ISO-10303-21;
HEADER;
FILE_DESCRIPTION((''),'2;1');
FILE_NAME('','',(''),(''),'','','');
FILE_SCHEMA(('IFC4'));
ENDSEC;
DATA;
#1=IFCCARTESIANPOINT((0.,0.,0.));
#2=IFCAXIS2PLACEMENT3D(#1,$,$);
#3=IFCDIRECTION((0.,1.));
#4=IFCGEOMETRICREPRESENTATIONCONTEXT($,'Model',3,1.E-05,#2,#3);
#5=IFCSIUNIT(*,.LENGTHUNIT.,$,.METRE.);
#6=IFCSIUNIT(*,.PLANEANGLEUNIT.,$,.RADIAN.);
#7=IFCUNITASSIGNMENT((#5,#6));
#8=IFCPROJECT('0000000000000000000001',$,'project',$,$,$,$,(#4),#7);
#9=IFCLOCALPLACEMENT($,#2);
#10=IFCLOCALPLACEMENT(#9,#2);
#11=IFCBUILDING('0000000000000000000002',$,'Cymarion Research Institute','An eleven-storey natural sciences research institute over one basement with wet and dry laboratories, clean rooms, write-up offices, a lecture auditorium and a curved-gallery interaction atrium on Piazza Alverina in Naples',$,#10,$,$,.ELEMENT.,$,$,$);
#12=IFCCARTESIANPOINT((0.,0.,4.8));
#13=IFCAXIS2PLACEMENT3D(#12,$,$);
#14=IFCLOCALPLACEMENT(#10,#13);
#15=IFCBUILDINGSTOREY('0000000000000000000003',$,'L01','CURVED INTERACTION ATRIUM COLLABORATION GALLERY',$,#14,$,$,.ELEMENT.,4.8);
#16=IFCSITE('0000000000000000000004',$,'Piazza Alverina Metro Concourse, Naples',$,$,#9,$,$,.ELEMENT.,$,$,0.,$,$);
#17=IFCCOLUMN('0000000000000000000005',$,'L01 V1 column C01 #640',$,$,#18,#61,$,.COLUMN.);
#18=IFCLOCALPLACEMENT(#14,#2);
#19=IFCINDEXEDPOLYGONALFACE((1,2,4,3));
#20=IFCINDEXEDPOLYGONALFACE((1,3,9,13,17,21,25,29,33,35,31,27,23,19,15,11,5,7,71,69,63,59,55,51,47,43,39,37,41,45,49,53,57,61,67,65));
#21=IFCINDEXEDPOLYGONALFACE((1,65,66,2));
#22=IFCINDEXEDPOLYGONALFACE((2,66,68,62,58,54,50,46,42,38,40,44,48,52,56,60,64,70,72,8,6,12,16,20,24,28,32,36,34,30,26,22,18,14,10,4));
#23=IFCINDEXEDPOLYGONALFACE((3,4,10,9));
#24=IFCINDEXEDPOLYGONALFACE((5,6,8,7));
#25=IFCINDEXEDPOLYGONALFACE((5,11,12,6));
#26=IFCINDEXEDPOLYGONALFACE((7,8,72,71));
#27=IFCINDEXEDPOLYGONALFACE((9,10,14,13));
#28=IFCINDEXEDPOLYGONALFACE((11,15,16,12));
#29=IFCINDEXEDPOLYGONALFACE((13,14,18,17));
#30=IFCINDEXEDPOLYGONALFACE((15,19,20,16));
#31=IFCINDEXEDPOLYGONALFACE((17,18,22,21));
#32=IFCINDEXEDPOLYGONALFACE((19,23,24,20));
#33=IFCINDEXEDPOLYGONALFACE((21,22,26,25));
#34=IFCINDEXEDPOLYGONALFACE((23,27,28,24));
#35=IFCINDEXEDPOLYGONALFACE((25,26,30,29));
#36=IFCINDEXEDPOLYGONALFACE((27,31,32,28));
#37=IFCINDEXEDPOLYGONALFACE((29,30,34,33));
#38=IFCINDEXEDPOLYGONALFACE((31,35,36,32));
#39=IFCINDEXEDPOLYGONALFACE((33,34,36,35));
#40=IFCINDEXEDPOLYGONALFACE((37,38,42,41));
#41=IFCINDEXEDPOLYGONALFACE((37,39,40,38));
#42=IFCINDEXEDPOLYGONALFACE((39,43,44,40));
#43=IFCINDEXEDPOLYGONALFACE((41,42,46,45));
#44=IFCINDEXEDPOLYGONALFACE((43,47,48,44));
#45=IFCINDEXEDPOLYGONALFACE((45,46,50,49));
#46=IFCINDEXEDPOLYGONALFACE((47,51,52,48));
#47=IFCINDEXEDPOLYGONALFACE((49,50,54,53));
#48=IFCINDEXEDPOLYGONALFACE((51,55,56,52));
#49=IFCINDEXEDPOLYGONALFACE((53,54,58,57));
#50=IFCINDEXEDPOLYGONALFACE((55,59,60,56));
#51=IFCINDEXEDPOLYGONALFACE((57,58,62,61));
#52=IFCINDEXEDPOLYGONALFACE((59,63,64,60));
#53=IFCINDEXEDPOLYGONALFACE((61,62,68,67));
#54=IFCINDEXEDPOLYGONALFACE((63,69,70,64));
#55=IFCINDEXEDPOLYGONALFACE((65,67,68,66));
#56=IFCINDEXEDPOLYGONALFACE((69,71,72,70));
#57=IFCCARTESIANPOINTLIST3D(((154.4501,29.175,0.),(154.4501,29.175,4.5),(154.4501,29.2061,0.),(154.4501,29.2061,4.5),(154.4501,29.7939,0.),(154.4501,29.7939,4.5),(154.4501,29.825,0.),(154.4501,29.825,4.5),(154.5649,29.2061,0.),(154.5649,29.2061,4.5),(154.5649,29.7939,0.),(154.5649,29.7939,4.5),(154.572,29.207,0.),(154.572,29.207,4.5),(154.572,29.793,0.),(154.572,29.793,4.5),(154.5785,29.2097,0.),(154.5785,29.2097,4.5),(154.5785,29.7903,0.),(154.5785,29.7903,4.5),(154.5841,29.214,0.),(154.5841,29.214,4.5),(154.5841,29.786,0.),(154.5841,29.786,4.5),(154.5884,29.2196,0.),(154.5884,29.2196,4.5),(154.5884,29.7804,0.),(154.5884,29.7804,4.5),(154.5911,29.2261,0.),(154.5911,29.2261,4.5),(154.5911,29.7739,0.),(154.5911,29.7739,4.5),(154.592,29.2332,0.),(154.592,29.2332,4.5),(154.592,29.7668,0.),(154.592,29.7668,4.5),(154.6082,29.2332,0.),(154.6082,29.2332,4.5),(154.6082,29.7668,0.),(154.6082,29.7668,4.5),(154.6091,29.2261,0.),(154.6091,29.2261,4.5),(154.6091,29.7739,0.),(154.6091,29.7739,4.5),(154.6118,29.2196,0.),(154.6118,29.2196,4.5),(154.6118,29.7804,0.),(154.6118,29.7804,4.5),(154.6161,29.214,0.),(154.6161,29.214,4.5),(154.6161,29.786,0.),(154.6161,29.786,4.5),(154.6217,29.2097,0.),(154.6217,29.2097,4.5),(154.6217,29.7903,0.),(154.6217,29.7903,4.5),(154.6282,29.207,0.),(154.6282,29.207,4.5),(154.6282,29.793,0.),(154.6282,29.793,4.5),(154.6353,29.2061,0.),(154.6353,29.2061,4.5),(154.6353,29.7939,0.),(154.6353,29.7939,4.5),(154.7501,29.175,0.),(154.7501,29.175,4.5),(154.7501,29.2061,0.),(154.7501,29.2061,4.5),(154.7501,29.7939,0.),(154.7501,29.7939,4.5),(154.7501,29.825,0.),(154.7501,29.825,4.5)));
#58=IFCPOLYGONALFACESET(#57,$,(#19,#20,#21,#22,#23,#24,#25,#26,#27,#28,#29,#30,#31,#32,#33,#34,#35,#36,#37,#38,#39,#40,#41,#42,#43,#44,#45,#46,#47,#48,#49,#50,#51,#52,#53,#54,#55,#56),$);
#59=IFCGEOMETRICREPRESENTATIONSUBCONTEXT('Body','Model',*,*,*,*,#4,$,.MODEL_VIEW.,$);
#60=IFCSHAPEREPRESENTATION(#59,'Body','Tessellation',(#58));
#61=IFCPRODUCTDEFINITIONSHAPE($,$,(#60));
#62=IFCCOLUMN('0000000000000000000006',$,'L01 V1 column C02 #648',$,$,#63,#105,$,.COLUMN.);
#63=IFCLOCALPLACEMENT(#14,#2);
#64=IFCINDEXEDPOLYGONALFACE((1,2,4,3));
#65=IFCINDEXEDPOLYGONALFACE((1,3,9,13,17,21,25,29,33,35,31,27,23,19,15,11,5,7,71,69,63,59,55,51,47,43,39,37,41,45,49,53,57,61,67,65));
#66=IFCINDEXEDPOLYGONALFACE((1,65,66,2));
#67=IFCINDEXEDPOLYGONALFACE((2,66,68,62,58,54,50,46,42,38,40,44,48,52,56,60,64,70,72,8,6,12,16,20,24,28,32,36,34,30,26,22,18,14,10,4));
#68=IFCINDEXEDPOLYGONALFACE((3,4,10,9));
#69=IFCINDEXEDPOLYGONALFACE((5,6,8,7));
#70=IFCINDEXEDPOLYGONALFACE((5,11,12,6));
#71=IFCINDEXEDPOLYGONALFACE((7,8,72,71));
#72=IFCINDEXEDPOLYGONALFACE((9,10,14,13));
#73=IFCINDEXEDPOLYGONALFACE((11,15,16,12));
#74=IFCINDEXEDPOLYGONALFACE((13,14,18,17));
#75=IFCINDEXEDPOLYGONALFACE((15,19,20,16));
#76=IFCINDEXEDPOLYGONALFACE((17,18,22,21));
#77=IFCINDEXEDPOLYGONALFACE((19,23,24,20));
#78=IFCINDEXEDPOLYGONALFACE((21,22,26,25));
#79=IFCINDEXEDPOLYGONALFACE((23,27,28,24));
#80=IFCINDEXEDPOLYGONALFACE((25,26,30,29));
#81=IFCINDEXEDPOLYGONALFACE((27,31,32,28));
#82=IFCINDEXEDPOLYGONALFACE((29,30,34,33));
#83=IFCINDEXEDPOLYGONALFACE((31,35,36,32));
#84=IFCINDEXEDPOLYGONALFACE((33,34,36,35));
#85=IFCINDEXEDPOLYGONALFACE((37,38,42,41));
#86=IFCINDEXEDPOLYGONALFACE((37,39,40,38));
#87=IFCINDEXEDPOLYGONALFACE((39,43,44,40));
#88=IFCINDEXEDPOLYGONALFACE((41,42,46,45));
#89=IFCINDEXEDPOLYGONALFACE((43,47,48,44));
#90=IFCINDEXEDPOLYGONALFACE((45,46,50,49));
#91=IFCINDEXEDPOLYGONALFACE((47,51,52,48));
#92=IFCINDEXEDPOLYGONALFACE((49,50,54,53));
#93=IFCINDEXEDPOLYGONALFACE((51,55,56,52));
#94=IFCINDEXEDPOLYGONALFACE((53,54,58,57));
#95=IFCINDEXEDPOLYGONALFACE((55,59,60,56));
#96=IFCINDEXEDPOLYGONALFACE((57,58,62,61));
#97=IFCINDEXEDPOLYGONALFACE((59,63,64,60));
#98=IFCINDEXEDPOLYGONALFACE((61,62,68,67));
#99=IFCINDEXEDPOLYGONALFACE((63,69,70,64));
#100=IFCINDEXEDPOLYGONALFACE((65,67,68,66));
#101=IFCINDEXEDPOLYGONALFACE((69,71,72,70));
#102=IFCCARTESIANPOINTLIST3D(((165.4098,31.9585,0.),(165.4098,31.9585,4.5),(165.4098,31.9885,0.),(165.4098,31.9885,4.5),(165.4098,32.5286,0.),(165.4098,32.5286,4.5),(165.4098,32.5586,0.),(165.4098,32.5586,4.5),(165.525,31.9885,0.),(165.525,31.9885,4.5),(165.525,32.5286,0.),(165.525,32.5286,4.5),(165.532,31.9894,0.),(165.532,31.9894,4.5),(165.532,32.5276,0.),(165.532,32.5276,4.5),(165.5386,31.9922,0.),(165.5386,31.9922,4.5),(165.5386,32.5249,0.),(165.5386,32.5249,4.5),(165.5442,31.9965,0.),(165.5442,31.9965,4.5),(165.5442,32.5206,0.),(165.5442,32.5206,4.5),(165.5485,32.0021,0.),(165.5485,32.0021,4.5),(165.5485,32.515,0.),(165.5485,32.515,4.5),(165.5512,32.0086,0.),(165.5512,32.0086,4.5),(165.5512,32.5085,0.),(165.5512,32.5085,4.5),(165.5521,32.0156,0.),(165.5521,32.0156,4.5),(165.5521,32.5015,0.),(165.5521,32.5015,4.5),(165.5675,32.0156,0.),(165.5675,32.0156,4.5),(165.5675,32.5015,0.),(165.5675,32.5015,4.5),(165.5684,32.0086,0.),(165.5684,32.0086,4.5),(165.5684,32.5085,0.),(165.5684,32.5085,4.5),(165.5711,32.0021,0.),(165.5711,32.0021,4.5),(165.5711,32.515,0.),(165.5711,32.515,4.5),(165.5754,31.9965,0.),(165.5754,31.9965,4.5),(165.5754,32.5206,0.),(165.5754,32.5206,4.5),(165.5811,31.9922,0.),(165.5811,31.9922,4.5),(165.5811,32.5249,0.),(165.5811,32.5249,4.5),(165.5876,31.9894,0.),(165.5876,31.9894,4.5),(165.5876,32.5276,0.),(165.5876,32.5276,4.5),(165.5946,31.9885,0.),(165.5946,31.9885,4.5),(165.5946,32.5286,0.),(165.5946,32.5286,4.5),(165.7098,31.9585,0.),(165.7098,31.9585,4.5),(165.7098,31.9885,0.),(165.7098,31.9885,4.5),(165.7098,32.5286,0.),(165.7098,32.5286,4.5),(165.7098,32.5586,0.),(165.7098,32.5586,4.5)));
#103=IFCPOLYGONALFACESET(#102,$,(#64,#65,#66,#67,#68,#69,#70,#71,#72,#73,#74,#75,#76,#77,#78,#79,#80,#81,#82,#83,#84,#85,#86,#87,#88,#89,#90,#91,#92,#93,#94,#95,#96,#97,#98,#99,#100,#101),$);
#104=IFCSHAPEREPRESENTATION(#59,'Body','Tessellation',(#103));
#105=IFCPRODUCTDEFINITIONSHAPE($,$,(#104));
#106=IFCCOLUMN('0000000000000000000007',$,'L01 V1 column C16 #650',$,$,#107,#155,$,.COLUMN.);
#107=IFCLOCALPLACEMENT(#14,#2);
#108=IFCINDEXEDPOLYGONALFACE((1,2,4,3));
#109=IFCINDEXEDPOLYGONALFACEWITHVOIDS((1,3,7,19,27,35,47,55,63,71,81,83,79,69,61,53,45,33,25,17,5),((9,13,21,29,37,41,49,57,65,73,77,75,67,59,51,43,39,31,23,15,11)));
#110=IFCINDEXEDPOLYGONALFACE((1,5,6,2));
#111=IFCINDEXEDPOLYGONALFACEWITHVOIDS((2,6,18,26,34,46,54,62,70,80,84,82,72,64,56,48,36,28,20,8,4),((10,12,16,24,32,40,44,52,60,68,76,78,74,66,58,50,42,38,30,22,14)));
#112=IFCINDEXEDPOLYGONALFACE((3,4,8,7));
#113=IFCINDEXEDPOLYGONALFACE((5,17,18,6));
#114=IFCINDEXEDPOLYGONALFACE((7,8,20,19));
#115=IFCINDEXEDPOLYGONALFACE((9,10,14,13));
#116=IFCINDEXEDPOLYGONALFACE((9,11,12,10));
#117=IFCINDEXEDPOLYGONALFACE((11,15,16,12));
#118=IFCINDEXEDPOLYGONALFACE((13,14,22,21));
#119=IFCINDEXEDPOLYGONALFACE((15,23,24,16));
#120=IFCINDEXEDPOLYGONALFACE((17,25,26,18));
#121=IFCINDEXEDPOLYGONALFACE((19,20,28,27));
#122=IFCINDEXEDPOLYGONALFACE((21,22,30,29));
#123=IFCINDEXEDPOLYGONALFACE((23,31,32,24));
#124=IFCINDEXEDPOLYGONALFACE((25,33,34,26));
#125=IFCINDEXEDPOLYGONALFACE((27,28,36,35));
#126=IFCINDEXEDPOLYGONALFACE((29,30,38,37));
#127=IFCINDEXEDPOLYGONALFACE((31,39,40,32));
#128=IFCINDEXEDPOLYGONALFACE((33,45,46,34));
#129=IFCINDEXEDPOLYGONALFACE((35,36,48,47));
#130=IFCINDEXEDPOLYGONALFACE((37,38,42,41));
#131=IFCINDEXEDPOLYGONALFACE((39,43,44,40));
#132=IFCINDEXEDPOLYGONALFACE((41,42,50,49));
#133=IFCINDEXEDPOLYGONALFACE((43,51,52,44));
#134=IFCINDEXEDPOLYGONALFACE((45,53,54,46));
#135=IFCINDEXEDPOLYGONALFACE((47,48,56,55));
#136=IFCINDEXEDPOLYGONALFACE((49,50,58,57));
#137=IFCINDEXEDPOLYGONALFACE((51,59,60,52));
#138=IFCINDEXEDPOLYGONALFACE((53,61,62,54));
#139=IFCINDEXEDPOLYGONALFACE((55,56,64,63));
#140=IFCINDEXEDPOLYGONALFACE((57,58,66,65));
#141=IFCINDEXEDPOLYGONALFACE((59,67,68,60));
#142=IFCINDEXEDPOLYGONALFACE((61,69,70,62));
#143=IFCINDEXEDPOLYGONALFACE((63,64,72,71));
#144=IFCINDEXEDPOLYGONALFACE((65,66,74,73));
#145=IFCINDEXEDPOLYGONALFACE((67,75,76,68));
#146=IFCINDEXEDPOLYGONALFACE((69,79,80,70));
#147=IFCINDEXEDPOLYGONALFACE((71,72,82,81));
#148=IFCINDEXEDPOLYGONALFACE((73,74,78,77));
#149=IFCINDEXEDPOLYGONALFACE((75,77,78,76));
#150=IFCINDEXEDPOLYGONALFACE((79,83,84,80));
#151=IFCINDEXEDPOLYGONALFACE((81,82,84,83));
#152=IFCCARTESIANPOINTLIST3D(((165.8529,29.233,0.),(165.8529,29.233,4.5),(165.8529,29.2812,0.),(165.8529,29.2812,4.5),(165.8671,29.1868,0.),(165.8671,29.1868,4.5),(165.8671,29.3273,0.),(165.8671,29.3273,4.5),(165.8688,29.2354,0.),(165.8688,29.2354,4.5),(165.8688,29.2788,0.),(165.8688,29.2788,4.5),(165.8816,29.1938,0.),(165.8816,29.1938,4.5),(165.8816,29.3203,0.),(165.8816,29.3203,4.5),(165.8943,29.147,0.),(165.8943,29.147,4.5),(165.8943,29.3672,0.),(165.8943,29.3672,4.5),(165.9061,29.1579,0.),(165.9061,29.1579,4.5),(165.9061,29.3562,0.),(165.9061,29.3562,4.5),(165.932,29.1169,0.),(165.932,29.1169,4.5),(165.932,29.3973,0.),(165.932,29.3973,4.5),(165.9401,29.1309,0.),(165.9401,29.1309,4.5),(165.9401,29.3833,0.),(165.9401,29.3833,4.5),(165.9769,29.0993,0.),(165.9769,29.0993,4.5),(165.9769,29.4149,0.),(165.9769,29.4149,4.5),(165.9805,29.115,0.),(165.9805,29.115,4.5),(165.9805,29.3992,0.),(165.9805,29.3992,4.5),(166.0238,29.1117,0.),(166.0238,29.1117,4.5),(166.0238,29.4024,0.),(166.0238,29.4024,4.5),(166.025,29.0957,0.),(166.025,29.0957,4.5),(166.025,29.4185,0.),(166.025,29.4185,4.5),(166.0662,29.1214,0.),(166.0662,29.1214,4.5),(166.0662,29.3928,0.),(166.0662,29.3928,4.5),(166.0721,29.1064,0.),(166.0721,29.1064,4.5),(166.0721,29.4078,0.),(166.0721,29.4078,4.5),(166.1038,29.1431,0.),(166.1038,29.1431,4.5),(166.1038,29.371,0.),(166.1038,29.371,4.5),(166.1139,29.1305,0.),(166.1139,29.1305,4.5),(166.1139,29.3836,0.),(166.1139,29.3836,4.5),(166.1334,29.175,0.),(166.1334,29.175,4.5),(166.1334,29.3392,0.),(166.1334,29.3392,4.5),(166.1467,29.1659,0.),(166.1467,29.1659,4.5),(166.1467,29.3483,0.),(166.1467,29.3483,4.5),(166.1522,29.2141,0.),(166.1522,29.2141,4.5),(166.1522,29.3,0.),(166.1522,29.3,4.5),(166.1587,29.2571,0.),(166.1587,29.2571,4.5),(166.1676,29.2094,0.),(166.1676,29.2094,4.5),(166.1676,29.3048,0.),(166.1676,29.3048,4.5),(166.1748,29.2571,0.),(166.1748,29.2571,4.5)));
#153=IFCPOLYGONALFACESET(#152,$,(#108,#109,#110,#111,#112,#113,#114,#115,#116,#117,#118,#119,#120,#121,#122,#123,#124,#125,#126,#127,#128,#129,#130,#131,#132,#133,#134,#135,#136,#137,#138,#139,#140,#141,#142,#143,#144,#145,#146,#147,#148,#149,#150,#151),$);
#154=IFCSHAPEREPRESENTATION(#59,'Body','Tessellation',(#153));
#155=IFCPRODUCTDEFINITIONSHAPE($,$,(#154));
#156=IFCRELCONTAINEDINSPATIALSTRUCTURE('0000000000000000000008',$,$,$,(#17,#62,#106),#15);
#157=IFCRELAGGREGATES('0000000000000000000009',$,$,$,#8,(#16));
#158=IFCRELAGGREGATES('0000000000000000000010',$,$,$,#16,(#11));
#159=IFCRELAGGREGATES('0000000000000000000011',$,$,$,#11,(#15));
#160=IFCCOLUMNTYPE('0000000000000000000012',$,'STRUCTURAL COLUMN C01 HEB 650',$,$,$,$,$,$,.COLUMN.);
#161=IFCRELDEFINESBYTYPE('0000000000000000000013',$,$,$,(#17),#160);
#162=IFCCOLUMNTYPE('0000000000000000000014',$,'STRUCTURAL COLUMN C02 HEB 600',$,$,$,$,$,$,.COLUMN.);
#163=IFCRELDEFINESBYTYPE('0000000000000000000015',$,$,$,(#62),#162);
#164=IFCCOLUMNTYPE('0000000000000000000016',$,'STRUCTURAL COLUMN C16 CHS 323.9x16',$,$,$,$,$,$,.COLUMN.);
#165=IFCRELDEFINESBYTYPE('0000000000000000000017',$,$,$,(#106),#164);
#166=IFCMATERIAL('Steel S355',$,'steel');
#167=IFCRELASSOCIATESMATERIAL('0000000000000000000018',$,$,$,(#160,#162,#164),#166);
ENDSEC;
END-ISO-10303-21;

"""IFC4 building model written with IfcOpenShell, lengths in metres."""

from ifc_helpers import new_model, si_unit, direction, frame, origin, origin_2d, place, context, subcontext, project, spatial, hollow_circle, i_section, extrude, material, material_profile, profile_set, type_object, element, save


model = new_model("IFC4")

# Units and contexts
model_context = context("Model", 3, precision=1e-05, world=origin(), true_north=direction((0.0, 1.0)))
body_context = subcontext(model_context, "Body", "Model", "MODEL_VIEW")
ifc_project = project(units=[si_unit("LENGTHUNIT", "METRE"), si_unit("PLANEANGLEUNIT", "RADIAN")], contexts=[model_context])

# Site, building, storey
site_placement = place(None, origin())
site = spatial("IfcSite", under=ifc_project, at=site_placement, Name="Piazza Alverina Metro Concourse, Naples", CompositionType="ELEMENT", RefElevation=0.0)
building_placement = place(site_placement, origin())
building = spatial("IfcBuilding", under=site, at=building_placement, Name="Cymarion Research Institute", Description="An eleven-storey natural sciences research institute over one basement with wet and dry laboratories, clean rooms, write-up offices, a lecture auditorium and a curved-gallery interaction atrium on Piazza Alverina in Naples", CompositionType="ELEMENT")
storey_placement = place(building_placement, frame((0.0, 0.0, 4.8)))
storey = spatial("IfcBuildingStorey", under=building, at=storey_placement, Name="L01", Description="CURVED INTERACTION ATRIUM COLLABORATION GALLERY", CompositionType="ELEMENT", Elevation=4.8)

# Columns
ifc_material_1 = material(Name="Steel S355", Category="steel")
ifc_material_profile_1 = material_profile(ifc_material_1, i_section(OverallWidth=0.3, OverallDepth=0.6499, WebThickness=0.0161, FlangeThickness=0.031, FilletRadius=0.0271, at=origin_2d()), Name="HEB 650")
ifc_profile_set_1 = profile_set([ifc_material_profile_1], Name="Steel S355")
column_type_1 = type_object("IfcColumnType", Name="STRUCTURAL COLUMN C01 HEB 650", PredefinedType="COLUMN", material=ifc_profile_set_1)
column_1_placement = place(storey_placement, frame((154.6001, 29.5, 0.0), z_axis=(0.0, 0.0, 1.0), x_axis=(1.0, 0.0, 0.0)))
element("IfcColumn", 1, at=column_1_placement, inside=storey, type_object=column_type_1, Name="L01 V1 column C01 #640", PredefinedType="COLUMN", context=body_context, shape_type="SweptSolid", body=[
    extrude(i_section(OverallWidth=0.3, OverallDepth=0.6499, WebThickness=0.0161, FlangeThickness=0.031, FilletRadius=0.0271, at=origin_2d()), origin(), (0.0, 0.0, 1.0), 4.5),
])
ifc_material_profile_2 = material_profile(ifc_material_1, i_section(OverallWidth=0.3, OverallDepth=0.6001, WebThickness=0.0154, FlangeThickness=0.03, FilletRadius=0.0271, at=origin_2d()), Name="HEB 600")
ifc_profile_set_2 = profile_set([ifc_material_profile_2], Name="Steel S355")
column_type_2 = type_object("IfcColumnType", Name="STRUCTURAL COLUMN C02 HEB 600", PredefinedType="COLUMN", material=ifc_profile_set_2)
column_2_placement = place(storey_placement, frame((165.5598, 32.2585, 0.0), z_axis=(0.0, 0.0, 1.0), x_axis=(1.0, 0.0, 0.0)))
element("IfcColumn", 2, at=column_2_placement, inside=storey, type_object=column_type_2, Name="L01 V1 column C02 #648", PredefinedType="COLUMN", context=body_context, shape_type="SweptSolid", body=[
    extrude(i_section(OverallWidth=0.3, OverallDepth=0.6001, WebThickness=0.0154, FlangeThickness=0.03, FilletRadius=0.0271, at=origin_2d()), origin(), (0.0, 0.0, 1.0), 4.5),
])
ifc_material_profile_3 = material_profile(ifc_material_1, hollow_circle(Radius=0.1619, WallThickness=0.0161, at=origin_2d()), Name="CHS 323.9x16")
ifc_profile_set_3 = profile_set([ifc_material_profile_3], Name="Steel S355")
column_type_3 = type_object("IfcColumnType", Name="STRUCTURAL COLUMN C16 CHS 323.9x16", PredefinedType="COLUMN", material=ifc_profile_set_3)
column_3_placement = place(storey_placement, frame((166.0129, 29.2571, 0.0), z_axis=(0.0, 0.0, 1.0), x_axis=(1.0, 0.0, 0.0)))
element("IfcColumn", 3, at=column_3_placement, inside=storey, type_object=column_type_3, Name="L01 V1 column C16 #650", PredefinedType="COLUMN", context=body_context, shape_type="SweptSolid", body=[
    extrude(hollow_circle(Radius=0.1619, WallThickness=0.0161, at=origin_2d()), origin(), (0.0, 0.0, 1.0), 4.5),
])

save(model, "model.ifc")
